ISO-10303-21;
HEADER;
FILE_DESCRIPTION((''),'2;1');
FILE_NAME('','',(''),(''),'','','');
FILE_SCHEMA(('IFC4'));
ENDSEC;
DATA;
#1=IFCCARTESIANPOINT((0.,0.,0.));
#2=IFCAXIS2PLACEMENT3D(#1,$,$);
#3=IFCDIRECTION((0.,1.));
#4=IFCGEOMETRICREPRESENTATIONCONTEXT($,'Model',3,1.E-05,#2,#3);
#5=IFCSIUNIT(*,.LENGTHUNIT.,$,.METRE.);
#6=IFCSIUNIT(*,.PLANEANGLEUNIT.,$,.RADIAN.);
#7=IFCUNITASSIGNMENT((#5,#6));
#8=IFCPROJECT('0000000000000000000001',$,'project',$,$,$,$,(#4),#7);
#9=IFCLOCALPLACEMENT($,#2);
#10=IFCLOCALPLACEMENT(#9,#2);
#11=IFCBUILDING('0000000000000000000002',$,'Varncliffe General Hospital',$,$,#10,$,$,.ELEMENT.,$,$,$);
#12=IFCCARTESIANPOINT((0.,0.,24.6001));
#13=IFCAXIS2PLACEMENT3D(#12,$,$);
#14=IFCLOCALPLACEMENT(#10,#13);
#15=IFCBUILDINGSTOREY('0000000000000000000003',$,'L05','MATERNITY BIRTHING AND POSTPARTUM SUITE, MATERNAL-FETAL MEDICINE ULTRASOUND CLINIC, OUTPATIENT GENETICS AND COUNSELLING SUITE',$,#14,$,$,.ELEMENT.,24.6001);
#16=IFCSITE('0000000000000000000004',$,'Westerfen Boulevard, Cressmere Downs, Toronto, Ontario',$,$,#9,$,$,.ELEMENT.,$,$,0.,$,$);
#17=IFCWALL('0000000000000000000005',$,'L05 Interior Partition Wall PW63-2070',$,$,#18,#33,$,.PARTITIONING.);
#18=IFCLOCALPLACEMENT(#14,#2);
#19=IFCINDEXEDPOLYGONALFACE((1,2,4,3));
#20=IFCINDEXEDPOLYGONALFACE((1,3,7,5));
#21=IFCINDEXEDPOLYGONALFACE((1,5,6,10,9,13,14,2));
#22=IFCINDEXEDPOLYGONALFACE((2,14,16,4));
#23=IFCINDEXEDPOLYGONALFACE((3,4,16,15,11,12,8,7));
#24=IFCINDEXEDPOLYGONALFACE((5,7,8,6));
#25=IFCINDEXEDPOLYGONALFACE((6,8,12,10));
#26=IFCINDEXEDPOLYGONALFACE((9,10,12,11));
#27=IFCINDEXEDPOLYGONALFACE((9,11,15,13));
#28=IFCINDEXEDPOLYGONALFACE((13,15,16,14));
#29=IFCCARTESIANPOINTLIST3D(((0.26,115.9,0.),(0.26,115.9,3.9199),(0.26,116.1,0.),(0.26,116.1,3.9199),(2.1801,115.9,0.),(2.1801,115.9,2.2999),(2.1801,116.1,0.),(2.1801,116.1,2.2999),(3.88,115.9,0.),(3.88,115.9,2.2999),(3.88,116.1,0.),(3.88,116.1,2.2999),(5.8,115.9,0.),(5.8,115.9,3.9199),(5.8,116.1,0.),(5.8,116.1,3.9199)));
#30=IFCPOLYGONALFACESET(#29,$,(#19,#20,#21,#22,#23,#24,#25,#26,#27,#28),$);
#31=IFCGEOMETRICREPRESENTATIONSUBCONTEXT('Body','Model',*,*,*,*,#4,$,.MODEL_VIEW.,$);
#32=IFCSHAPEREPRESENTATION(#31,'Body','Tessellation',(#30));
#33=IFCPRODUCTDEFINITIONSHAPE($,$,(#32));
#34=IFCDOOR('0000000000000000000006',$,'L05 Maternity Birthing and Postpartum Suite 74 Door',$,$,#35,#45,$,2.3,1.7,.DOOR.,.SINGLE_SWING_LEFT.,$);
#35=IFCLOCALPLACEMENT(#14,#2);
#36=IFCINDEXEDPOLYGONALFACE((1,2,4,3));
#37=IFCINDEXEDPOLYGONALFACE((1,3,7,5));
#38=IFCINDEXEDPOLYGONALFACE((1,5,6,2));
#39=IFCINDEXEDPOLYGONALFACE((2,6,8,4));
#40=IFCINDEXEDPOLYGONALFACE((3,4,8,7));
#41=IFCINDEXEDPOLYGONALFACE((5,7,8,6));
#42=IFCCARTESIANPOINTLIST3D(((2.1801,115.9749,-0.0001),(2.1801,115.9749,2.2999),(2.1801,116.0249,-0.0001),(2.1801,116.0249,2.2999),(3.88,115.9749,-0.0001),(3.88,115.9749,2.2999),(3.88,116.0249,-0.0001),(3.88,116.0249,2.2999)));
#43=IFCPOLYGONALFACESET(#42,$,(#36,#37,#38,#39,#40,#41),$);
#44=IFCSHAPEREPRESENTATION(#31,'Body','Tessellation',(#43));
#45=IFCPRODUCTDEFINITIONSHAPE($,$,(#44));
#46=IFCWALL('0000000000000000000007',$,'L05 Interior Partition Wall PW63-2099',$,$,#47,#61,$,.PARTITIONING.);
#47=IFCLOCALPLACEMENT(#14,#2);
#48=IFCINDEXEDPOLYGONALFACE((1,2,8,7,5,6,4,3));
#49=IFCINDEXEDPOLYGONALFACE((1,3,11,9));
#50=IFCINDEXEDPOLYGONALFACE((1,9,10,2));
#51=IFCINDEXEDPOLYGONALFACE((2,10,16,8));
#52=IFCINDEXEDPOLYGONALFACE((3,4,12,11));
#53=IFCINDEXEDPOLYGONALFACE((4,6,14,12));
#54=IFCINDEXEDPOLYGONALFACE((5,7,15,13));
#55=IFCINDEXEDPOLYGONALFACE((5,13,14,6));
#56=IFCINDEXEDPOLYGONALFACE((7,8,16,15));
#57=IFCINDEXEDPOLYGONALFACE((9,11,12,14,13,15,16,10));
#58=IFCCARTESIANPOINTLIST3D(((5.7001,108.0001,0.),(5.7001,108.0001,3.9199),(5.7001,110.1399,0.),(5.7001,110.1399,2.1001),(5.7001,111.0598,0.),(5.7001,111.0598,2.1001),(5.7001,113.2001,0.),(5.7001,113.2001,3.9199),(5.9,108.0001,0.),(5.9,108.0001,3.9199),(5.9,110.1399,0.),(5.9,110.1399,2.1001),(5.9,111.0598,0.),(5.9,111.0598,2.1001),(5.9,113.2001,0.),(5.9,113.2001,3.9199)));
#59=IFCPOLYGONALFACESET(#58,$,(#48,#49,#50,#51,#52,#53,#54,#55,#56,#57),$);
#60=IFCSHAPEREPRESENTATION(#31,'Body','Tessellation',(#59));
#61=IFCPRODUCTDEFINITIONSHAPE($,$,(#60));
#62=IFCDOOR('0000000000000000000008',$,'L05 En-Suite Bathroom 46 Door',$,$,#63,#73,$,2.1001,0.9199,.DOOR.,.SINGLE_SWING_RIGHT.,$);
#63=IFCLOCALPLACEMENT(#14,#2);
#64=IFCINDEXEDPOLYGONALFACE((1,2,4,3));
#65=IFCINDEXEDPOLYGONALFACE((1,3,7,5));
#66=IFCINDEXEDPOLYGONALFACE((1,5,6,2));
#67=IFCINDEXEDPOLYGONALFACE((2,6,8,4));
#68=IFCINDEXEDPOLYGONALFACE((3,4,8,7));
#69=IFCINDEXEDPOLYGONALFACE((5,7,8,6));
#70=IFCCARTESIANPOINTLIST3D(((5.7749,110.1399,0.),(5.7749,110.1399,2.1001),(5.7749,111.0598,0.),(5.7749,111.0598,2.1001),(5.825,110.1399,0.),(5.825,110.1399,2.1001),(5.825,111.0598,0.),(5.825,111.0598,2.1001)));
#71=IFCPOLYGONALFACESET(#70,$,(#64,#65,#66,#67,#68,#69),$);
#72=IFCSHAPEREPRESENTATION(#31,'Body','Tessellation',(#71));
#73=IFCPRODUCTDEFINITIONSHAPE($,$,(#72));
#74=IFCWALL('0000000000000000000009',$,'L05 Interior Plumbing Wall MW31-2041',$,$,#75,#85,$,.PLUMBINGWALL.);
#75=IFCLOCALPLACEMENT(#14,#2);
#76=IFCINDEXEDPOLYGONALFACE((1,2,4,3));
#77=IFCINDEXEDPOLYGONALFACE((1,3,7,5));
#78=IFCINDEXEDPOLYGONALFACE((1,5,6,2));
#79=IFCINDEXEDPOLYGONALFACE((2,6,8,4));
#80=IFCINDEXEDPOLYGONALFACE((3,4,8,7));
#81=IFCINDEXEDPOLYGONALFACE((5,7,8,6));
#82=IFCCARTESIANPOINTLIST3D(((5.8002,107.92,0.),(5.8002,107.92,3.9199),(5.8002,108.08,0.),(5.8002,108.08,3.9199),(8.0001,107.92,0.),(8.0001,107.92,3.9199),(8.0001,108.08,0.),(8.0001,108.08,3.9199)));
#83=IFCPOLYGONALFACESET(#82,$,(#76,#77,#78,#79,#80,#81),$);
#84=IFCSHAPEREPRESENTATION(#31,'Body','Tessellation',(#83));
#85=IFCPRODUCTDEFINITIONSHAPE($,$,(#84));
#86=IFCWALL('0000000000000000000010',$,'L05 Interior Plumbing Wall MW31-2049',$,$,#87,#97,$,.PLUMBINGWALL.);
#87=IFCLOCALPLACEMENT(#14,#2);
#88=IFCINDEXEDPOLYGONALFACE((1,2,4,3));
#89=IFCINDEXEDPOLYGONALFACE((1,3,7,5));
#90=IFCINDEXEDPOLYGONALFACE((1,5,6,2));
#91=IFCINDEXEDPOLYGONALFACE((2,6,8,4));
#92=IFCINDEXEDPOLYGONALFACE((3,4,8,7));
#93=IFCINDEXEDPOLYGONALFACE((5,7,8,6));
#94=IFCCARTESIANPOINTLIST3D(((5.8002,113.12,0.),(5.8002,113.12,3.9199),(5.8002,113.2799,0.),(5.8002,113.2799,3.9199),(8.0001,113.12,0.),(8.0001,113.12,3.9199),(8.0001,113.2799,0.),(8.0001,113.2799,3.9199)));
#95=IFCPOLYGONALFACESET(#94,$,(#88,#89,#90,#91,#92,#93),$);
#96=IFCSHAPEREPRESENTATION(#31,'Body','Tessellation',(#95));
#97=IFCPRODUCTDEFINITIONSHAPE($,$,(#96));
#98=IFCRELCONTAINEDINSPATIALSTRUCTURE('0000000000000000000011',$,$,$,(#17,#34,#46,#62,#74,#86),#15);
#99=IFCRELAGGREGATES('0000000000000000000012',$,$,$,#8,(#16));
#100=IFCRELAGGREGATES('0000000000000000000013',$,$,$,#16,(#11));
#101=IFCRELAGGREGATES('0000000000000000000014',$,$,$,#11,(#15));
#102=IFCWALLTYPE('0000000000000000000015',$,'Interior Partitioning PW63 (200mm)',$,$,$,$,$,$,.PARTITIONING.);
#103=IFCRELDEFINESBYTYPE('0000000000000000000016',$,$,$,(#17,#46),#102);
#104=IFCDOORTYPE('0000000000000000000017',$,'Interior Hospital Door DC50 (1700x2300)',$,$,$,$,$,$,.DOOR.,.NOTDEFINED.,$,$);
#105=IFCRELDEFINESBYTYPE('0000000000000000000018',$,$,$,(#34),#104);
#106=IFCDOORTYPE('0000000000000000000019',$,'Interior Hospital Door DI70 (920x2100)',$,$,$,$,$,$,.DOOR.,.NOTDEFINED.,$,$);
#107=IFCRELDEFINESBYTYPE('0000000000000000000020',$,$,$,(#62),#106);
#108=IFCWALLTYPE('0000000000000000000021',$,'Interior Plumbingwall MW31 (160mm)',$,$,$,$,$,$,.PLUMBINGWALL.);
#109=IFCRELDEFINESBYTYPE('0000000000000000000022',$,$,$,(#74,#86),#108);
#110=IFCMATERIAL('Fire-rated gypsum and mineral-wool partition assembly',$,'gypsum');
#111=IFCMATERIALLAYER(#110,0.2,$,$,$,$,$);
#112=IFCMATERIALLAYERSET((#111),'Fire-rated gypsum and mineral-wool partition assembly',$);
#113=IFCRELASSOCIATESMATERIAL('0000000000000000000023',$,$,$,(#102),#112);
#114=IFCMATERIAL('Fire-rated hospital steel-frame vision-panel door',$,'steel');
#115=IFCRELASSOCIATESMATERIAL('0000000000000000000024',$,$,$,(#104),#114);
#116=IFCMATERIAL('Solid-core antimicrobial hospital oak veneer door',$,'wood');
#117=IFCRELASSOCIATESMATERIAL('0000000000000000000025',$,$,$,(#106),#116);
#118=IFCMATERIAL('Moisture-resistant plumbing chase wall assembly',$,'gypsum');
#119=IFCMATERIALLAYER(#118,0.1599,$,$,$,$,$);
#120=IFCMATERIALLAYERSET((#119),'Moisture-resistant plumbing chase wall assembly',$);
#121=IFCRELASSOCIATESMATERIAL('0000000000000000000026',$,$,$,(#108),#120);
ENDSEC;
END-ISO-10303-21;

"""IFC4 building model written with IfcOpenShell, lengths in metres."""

from ifc_helpers import new_model, si_unit, direction, frame, frame_2d, origin, place, context, subcontext, project, spatial, rectangle, extrude, material, layer, layer_set, type_object, element, fill, save


model = new_model("IFC4")

# Units and contexts
model_context = context("Model", 3, precision=1e-05, world=origin(), true_north=direction((0.0, 1.0)))
body_context = subcontext(model_context, "Body", "Model", "MODEL_VIEW")
ifc_project = project(units=[si_unit("LENGTHUNIT", "METRE"), si_unit("PLANEANGLEUNIT", "RADIAN")], contexts=[model_context])

# Site, building, storey
site_placement = place(None, origin())
site = spatial("IfcSite", under=ifc_project, at=site_placement, Name="Westerfen Boulevard, Cressmere Downs, Toronto, Ontario", CompositionType="ELEMENT", RefElevation=0.0)
building_placement = place(site_placement, origin())
building = spatial("IfcBuilding", under=site, at=building_placement, Name="Varncliffe General Hospital", CompositionType="ELEMENT")
storey_placement = place(building_placement, frame((0.0, 0.0, 24.6001)))
storey = spatial("IfcBuildingStorey", under=building, at=storey_placement, Name="L05", Description="MATERNITY BIRTHING AND POSTPARTUM SUITE, MATERNAL-FETAL MEDICINE ULTRASOUND CLINIC, OUTPATIENT GENETICS AND COUNSELLING SUITE", CompositionType="ELEMENT", Elevation=24.6001)

# Walls, openings, doors
ifc_material_1 = material(Name="Fire-rated gypsum and mineral-wool partition assembly", Category="gypsum")
ifc_layer_1 = layer(ifc_material_1, 0.2)
ifc_layer_set_1 = layer_set([ifc_layer_1], Name="Fire-rated gypsum and mineral-wool partition assembly")
wall_type_1 = type_object("IfcWallType", Name="Interior Partitioning PW63 (200mm)", PredefinedType="PARTITIONING", material=ifc_layer_set_1)
ifc_material_2 = material(Name="Fire-rated hospital steel-frame vision-panel door", Category="steel")
wall_1_placement = place(storey_placement, frame((0.26, 116.0, 0.0), z_axis=(0.0, 0.0, 1.0), x_axis=(1.0, 0.0, 0.0)))
wall_1 = element("IfcWall", 1, at=wall_1_placement, inside=storey, type_object=wall_type_1, Name="L05 Interior Partition Wall PW63-2070", PredefinedType="PARTITIONING", context=body_context, shape_type="SweptSolid", body=[
    extrude(rectangle(XDim=5.54, YDim=0.2, at=frame_2d((2.77, 0.0))), origin(), (0.0, 0.0, 1.0), 3.9199),
])
opening_1_placement = place(wall_1_placement, frame((1.9199, 0.0, 0.0)))
opening_1 = element("IfcOpeningElement", 2, at=opening_1_placement, cuts=wall_1, PredefinedType="OPENING", context=body_context, shape_type="SweptSolid", body=[
    extrude(rectangle(XDim=1.7, YDim=2.3, at=frame_2d((0.8501, 1.1499))), frame((0.0, 0.1099, 0.0), z_axis=(0.0, -1.0, 0.0), x_axis=(1.0, 0.0, 0.0)), (0.0, 0.0, 1.0), 0.22),
])
door_type_1 = type_object("IfcDoorType", Name="Interior Hospital Door DC50 (1700x2300)", OperationType="NOTDEFINED", PredefinedType="DOOR", material=ifc_material_2)
door_1_placement = place(opening_1_placement, origin())
door_1 = element("IfcDoor", 3, at=door_1_placement, inside=storey, type_object=door_type_1, Name="L05 Maternity Birthing and Postpartum Suite 74 Door", OperationType="SINGLE_SWING_LEFT", OverallHeight=2.3, OverallWidth=1.7, PredefinedType="DOOR", context=body_context, shape_type="SweptSolid", body=[
    extrude(rectangle(XDim=1.7, YDim=2.3, at=frame_2d((0.8501, 1.1499))), frame((0.0, 0.0249, 0.0), z_axis=(0.0, -1.0, 0.0), x_axis=(1.0, 0.0, 0.0)), (0.0, 0.0, 1.0), 0.05),
])
fill(opening_1, door_1)
wall_2_placement = place(storey_placement, frame((5.8, 108.0, 0.0), z_axis=(0.0, 0.0, 1.0), x_axis=(0.0, 1.0, 0.0)))
wall_2 = element("IfcWall", 4, at=wall_2_placement, inside=storey, type_object=wall_type_1, Name="L05 Interior Partition Wall PW63-2099", PredefinedType="PARTITIONING", context=body_context, shape_type="SweptSolid", body=[
    extrude(rectangle(XDim=5.2, YDim=0.2, at=frame_2d((2.6001, 0.0))), origin(), (0.0, 0.0, 1.0), 3.9199),
])
opening_2_placement = place(wall_2_placement, frame((2.1399, 0.0, 0.0)))
opening_2 = element("IfcOpeningElement", 5, at=opening_2_placement, cuts=wall_2, PredefinedType="OPENING", context=body_context, shape_type="SweptSolid", body=[
    extrude(rectangle(XDim=0.9199, YDim=2.1001, at=frame_2d((0.46, 1.05))), frame((0.0, 0.1099, 0.0), z_axis=(0.0, -1.0, 0.0), x_axis=(1.0, 0.0, 0.0)), (0.0, 0.0, 1.0), 0.22),
])
ifc_material_3 = material(Name="Solid-core antimicrobial hospital oak veneer door", Category="wood")
door_type_2 = type_object("IfcDoorType", Name="Interior Hospital Door DI70 (920x2100)", OperationType="NOTDEFINED", PredefinedType="DOOR", material=ifc_material_3)
door_2_placement = place(opening_2_placement, frame((0.9199, 0.0, 0.0), z_axis=(0.0, 0.0, 1.0), x_axis=(-1.0, 0.0, 0.0)))
door_2 = element("IfcDoor", 6, at=door_2_placement, inside=storey, type_object=door_type_2, Name="L05 En-Suite Bathroom 46 Door", OperationType="SINGLE_SWING_RIGHT", OverallHeight=2.1001, OverallWidth=0.9199, PredefinedType="DOOR", context=body_context, shape_type="SweptSolid", body=[
    extrude(rectangle(XDim=0.9199, YDim=2.1001, at=frame_2d((0.46, 1.05))), frame((0.0, 0.0249, 0.0), z_axis=(0.0, -1.0, 0.0), x_axis=(1.0, 0.0, 0.0)), (0.0, 0.0, 1.0), 0.05),
])
fill(opening_2, door_2)

# Walls
ifc_material_4 = material(Name="Moisture-resistant plumbing chase wall assembly", Category="gypsum")
ifc_layer_2 = layer(ifc_material_4, 0.1599)
ifc_layer_set_2 = layer_set([ifc_layer_2], Name="Moisture-resistant plumbing chase wall assembly")
wall_type_2 = type_object("IfcWallType", Name="Interior Plumbingwall MW31 (160mm)", PredefinedType="PLUMBINGWALL", material=ifc_layer_set_2)
for number, where, z_axis, x_axis, name in (
    (7, (5.8, 108.0, 0.0), (0.0, 0.0, 1.0), (1.0, 0.0, 0.0), "L05 Interior Plumbing Wall MW31-2041"),
    (8, (5.8, 113.2, 0.0), (0.0, 0.0, 1.0), (1.0, 0.0, 0.0), "L05 Interior Plumbing Wall MW31-2049"),
):
    element("IfcWall", number, at=place(storey_placement, frame(where, z_axis=z_axis, x_axis=x_axis)), inside=storey, type_object=wall_type_2, Name=name, PredefinedType="PLUMBINGWALL", context=body_context, shape_type="SweptSolid", body=[
        extrude(rectangle(XDim=2.2, YDim=0.1599, at=frame_2d((1.1001, 0.0))), origin(), (0.0, 0.0, 1.0), 3.9199),
    ])

save(model, "model.ifc")
